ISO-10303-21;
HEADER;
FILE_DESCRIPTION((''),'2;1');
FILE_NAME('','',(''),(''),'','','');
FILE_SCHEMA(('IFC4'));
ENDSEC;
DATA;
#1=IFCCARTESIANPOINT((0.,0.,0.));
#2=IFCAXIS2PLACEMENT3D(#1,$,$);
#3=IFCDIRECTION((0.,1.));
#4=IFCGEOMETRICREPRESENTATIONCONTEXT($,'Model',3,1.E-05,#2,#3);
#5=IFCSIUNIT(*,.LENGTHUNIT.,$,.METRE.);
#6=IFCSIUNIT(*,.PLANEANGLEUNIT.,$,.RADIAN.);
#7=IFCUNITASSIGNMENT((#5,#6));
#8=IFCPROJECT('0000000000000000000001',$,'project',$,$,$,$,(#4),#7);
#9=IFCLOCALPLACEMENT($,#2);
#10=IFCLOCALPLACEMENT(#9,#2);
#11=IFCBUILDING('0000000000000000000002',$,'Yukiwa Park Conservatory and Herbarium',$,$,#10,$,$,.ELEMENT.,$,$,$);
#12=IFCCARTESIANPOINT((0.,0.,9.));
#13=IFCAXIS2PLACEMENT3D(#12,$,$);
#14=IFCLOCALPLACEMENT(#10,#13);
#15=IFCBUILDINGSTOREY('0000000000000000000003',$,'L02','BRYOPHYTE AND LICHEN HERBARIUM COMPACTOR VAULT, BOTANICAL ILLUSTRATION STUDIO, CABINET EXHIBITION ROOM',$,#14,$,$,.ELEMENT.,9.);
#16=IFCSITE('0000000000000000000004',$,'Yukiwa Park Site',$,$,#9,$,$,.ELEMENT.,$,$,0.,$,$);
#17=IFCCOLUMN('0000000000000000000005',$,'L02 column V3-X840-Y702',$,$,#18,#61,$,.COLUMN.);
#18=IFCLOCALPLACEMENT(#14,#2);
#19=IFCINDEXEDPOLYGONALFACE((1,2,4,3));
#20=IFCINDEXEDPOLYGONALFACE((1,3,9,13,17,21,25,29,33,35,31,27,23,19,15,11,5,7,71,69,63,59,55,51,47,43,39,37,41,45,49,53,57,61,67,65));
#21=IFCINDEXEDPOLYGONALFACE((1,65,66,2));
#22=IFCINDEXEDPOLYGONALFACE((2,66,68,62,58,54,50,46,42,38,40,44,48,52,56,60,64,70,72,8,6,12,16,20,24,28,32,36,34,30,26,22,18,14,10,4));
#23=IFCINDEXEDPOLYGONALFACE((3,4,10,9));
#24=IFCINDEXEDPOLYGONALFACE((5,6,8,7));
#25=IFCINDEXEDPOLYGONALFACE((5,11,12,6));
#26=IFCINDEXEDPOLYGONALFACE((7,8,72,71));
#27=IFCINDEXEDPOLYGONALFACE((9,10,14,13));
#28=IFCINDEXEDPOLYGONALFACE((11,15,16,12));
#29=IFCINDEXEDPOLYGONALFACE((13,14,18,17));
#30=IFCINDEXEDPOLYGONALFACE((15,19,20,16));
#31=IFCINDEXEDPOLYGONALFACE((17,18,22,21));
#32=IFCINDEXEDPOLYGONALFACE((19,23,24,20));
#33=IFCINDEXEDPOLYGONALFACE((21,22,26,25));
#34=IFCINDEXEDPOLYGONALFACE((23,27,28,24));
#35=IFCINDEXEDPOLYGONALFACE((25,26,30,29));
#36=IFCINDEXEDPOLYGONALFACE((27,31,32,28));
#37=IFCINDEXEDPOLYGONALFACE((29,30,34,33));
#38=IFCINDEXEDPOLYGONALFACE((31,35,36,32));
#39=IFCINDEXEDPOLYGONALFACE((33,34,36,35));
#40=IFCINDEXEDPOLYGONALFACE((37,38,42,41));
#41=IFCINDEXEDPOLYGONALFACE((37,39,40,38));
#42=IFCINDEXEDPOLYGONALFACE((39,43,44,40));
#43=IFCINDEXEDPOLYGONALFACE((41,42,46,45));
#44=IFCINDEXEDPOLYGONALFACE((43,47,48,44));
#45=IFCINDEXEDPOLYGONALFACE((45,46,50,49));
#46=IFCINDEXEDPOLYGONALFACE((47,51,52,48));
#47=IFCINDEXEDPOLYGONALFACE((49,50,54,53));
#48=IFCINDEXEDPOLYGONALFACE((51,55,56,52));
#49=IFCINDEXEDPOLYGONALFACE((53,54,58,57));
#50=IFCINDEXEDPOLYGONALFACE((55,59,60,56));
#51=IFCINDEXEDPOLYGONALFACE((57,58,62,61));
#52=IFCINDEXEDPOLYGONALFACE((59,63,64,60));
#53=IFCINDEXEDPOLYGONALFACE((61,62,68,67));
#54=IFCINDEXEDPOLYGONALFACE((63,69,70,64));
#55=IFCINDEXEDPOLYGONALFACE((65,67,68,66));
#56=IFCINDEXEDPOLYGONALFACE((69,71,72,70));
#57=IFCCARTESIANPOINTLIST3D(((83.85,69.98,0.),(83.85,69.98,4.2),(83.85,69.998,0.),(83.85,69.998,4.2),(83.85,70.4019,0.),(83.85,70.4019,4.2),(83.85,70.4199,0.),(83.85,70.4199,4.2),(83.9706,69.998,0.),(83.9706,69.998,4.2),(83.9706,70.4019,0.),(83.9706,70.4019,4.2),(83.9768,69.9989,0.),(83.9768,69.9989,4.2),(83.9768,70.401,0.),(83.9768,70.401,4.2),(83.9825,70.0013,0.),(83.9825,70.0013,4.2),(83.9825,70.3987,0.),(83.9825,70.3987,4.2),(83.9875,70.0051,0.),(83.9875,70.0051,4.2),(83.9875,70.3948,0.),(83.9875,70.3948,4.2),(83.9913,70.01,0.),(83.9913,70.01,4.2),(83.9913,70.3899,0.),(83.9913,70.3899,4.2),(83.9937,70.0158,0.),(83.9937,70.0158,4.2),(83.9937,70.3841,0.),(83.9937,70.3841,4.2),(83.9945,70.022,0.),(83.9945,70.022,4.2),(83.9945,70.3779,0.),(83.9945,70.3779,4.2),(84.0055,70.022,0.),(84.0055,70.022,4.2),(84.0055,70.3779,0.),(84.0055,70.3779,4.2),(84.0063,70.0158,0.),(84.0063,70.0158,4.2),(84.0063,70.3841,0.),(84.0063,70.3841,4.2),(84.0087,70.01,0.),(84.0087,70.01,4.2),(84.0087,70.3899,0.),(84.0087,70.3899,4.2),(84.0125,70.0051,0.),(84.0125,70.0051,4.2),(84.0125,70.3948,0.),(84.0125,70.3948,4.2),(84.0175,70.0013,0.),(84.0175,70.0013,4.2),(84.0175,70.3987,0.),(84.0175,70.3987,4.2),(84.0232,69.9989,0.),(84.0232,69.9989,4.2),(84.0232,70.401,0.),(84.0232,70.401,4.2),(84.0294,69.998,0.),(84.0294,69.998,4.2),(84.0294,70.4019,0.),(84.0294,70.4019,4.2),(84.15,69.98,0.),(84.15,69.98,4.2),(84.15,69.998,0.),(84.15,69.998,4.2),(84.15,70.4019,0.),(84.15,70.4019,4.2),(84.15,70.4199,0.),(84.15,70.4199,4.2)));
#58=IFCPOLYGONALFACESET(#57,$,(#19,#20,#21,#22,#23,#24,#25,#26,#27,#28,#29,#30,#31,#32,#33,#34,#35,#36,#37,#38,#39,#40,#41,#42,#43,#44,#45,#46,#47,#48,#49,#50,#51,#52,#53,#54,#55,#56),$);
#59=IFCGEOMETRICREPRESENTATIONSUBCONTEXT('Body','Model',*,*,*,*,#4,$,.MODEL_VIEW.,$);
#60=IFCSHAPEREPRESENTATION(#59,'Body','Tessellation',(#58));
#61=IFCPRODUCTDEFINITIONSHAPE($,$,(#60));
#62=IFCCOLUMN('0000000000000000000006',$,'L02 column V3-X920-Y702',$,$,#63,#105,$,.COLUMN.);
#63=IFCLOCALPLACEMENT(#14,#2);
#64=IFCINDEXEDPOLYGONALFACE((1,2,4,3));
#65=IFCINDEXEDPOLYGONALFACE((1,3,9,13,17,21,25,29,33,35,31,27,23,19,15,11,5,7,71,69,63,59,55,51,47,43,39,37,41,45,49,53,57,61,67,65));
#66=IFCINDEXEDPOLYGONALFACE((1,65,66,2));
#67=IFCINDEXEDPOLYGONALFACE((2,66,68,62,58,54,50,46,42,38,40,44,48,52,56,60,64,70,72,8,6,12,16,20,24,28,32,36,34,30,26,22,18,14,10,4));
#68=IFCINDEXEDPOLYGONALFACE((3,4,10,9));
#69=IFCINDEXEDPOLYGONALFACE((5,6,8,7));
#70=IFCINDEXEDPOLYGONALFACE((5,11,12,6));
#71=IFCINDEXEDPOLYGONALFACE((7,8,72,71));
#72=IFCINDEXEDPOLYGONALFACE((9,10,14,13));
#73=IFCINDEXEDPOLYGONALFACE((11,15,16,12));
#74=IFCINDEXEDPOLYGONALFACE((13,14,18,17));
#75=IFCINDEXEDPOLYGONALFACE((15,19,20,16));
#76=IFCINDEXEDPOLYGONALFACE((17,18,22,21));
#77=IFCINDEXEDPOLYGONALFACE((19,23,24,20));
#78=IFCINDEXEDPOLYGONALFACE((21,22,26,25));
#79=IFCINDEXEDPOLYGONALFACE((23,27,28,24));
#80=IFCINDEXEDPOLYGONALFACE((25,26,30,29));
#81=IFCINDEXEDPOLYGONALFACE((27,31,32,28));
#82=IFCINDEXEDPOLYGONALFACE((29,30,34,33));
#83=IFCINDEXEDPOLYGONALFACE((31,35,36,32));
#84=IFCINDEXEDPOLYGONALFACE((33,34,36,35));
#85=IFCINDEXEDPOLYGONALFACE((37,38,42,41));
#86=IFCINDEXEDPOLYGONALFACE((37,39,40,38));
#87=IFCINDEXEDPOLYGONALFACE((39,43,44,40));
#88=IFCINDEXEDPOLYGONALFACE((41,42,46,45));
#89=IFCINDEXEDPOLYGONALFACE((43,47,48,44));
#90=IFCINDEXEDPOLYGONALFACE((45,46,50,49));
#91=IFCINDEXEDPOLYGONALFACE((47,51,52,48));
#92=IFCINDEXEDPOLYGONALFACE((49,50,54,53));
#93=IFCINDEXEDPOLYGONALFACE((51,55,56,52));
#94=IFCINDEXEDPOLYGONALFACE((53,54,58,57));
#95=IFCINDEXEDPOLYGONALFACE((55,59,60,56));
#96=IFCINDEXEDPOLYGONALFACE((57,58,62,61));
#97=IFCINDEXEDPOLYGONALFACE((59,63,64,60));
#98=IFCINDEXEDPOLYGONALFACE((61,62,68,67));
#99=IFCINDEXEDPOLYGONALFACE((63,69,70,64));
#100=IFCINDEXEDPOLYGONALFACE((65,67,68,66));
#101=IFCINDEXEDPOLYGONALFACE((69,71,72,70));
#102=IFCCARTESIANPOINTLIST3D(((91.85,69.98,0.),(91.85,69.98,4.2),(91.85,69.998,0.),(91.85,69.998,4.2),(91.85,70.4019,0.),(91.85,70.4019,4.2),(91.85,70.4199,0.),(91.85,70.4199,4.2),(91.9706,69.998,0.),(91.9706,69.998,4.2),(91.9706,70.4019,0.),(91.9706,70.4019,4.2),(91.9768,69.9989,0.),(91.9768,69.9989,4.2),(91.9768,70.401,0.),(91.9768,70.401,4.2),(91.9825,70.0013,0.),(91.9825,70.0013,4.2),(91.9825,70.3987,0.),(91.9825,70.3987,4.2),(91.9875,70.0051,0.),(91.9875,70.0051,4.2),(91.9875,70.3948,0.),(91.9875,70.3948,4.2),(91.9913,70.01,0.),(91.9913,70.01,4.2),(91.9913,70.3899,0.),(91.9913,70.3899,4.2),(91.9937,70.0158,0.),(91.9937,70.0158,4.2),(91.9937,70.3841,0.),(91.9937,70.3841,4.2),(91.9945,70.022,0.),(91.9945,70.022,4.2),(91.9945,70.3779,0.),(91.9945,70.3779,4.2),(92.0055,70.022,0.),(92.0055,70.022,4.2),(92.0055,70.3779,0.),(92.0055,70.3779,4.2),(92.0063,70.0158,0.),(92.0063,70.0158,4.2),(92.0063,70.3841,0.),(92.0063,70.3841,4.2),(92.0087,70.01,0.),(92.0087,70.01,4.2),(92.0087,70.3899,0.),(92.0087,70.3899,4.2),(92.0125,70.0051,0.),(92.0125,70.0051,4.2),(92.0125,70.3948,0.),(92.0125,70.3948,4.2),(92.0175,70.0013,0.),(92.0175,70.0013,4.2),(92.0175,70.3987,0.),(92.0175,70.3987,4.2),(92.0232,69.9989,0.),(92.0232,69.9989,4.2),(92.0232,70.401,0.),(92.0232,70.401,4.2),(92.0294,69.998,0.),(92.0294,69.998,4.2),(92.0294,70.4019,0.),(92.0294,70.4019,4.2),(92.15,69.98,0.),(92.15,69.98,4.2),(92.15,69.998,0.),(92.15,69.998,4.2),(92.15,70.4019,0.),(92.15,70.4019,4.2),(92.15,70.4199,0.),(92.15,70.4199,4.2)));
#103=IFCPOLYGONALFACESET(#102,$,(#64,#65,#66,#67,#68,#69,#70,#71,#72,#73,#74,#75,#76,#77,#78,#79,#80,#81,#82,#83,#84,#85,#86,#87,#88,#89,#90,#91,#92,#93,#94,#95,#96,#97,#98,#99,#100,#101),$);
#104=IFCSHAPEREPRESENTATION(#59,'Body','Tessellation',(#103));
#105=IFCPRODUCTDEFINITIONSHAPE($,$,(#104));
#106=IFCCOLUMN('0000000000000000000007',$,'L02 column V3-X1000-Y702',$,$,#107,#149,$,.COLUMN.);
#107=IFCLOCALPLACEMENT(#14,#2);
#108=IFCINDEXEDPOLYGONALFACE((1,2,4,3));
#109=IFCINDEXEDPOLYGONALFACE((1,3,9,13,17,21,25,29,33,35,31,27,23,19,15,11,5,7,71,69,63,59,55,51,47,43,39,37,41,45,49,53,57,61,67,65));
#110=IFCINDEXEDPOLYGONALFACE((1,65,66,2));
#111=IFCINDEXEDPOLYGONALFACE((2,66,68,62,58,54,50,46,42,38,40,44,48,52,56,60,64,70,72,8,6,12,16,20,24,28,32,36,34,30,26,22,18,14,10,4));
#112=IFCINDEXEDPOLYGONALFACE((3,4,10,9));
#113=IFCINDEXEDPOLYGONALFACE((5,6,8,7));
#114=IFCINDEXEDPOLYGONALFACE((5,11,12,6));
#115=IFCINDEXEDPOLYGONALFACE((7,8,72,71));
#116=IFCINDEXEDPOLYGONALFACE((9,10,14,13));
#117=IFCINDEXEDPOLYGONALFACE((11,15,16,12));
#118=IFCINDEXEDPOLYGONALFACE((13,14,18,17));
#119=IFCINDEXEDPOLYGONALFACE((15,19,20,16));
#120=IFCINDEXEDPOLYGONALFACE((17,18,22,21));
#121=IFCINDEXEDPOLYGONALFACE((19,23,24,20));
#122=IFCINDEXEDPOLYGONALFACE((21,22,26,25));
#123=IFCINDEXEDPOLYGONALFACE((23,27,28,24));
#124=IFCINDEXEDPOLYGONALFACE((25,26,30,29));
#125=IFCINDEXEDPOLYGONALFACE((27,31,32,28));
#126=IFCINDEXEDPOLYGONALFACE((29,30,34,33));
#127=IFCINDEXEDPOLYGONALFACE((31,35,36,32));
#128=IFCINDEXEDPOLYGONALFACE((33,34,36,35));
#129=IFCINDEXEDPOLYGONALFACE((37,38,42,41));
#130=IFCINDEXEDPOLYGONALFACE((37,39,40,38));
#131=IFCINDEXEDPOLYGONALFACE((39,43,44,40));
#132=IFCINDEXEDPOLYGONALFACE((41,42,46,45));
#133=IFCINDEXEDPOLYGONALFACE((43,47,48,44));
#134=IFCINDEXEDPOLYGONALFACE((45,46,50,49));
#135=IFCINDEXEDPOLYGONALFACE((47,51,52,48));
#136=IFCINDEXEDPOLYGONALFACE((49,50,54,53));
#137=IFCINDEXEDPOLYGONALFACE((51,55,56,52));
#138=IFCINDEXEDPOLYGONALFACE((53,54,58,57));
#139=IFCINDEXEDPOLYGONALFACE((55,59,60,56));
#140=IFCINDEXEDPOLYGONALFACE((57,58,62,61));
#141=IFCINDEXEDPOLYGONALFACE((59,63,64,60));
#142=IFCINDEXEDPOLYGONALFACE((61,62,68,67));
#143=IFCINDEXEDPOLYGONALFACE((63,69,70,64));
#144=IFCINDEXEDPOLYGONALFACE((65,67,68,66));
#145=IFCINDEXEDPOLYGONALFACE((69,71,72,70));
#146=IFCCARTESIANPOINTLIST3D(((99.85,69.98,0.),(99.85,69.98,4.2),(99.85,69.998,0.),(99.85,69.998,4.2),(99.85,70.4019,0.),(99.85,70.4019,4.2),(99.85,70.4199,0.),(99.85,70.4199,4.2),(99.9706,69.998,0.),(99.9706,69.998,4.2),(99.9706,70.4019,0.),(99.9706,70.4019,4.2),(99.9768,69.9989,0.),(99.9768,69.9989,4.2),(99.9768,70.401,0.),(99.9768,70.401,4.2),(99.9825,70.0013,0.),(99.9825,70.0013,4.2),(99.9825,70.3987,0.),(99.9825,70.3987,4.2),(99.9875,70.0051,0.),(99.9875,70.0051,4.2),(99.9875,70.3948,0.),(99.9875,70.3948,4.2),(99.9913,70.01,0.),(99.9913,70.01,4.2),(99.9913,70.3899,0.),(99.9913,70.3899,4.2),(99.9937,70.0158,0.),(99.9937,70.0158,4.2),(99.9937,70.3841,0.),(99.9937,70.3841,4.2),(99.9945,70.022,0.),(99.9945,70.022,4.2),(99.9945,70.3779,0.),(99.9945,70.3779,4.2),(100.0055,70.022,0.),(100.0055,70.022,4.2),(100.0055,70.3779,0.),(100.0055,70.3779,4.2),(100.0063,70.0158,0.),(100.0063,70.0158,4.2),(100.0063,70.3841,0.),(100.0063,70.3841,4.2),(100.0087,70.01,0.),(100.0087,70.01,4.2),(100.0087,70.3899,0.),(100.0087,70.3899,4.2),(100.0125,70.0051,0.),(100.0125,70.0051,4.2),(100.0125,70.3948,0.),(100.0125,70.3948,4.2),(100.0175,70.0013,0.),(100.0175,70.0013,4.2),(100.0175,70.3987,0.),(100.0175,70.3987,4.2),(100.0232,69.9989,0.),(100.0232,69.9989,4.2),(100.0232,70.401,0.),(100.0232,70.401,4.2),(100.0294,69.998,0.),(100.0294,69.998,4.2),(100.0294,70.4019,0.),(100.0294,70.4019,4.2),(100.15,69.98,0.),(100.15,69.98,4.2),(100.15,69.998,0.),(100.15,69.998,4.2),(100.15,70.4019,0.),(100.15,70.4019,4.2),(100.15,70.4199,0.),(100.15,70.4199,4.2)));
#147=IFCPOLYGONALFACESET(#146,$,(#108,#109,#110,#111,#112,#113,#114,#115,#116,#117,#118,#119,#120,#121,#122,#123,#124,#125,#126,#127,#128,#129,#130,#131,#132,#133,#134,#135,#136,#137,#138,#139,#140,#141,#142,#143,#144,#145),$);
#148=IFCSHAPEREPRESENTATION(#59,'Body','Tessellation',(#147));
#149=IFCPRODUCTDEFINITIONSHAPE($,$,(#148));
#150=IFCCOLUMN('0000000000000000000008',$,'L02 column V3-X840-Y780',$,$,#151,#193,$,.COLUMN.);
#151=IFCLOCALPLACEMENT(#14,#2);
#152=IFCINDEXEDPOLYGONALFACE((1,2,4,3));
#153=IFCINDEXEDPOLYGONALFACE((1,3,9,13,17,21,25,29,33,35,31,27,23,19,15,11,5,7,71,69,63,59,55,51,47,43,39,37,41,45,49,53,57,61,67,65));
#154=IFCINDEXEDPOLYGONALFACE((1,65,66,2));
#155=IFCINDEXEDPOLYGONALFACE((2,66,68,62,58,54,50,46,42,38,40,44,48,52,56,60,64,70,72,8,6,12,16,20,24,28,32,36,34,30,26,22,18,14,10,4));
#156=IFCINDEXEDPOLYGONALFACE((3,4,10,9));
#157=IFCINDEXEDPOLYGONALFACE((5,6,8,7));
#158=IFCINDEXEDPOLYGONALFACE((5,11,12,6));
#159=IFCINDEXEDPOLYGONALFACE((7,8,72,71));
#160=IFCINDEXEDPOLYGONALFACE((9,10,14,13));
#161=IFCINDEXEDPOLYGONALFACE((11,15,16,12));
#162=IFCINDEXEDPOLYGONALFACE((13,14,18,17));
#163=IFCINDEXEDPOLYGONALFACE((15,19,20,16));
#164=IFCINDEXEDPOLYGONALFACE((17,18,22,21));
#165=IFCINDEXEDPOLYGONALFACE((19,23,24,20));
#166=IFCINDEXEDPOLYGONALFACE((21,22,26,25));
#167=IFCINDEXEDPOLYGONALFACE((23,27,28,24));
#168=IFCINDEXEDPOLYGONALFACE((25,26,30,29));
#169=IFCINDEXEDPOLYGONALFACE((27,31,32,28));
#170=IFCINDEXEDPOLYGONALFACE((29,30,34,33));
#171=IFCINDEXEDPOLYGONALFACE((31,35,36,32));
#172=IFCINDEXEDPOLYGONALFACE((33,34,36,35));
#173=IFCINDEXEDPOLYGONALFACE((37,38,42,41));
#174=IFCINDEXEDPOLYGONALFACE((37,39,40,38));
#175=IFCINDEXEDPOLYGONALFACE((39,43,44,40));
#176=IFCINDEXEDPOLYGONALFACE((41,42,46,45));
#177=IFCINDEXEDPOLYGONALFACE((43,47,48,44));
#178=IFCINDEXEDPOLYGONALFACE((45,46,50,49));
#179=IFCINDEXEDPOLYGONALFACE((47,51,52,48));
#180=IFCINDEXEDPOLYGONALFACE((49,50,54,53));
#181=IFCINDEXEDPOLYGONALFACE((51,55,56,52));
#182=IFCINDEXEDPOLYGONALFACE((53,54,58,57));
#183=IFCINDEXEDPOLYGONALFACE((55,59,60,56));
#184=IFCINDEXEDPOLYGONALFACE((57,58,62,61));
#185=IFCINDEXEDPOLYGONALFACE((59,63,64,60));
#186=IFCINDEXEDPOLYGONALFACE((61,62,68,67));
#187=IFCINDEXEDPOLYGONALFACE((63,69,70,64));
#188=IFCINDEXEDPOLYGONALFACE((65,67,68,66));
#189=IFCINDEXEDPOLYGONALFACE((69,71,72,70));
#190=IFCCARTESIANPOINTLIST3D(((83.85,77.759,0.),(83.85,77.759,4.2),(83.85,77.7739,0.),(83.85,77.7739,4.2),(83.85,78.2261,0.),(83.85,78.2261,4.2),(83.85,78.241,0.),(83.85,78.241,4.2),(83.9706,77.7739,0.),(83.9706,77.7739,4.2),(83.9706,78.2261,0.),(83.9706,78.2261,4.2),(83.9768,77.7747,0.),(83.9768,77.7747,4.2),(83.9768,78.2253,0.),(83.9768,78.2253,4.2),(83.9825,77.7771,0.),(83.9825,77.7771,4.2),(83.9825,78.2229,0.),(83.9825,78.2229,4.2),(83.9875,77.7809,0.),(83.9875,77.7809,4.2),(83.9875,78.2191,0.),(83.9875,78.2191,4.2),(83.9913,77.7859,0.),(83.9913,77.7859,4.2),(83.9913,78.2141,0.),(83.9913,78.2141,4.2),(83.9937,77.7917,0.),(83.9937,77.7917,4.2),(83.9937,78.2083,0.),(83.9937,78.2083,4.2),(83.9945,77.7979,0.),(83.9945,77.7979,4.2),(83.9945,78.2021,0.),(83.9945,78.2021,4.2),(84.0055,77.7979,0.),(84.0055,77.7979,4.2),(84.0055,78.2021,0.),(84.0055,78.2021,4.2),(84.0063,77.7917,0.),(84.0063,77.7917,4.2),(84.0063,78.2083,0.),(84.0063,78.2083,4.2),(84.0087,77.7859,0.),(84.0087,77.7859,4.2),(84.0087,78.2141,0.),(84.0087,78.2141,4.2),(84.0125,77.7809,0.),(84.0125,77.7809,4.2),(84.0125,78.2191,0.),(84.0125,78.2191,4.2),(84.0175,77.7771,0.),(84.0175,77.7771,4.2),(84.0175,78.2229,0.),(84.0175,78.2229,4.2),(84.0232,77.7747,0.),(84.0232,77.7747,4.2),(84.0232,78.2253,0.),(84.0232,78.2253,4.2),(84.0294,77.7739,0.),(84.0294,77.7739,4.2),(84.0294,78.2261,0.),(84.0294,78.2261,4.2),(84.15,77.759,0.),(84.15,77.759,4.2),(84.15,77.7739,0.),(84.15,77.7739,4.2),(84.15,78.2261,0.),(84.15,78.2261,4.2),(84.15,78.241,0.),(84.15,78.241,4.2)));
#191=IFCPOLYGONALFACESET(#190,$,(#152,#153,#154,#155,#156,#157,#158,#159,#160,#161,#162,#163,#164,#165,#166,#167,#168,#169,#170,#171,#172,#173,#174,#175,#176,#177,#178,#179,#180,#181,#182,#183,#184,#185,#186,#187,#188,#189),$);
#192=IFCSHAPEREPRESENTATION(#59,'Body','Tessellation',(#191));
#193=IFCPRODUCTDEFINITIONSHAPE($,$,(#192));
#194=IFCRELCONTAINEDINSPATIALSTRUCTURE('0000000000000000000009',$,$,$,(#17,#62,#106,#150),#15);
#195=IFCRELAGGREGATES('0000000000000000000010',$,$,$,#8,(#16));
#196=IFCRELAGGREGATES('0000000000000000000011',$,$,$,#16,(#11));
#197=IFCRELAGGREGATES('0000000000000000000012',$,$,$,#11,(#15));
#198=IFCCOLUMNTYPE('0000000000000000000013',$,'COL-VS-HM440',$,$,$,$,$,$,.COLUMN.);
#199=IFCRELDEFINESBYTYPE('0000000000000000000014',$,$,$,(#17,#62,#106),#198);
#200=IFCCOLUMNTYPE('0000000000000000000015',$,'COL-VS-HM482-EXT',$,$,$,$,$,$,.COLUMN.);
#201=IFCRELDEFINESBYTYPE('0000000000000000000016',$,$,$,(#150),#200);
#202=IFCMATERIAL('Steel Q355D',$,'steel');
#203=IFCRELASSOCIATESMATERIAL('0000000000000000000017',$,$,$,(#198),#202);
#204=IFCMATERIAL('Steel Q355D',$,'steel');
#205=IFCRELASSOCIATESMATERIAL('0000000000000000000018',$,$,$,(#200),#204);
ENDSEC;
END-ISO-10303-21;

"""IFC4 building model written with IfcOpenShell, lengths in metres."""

from ifc_helpers import new_model, si_unit, direction, frame, origin, origin_2d, place, context, subcontext, project, spatial, i_section, extrude, material, material_profile, profile_set, type_object, element, save


model = new_model("IFC4")

# Units and contexts
model_context = context("Model", 3, precision=1e-05, world=origin(), true_north=direction((0.0, 1.0)))
body_context = subcontext(model_context, "Body", "Model", "MODEL_VIEW")
ifc_project = project(units=[si_unit("LENGTHUNIT", "METRE"), si_unit("PLANEANGLEUNIT", "RADIAN")], contexts=[model_context])

# Site, building, storey
site_placement = place(None, origin())
site = spatial("IfcSite", under=ifc_project, at=site_placement, Name="Yukiwa Park Site", CompositionType="ELEMENT", RefElevation=0.0)
building_placement = place(site_placement, origin())
building = spatial("IfcBuilding", under=site, at=building_placement, Name="Yukiwa Park Conservatory and Herbarium", CompositionType="ELEMENT")
storey_placement = place(building_placement, frame((0.0, 0.0, 9.0)))
storey = spatial("IfcBuildingStorey", under=building, at=storey_placement, Name="L02", Description="BRYOPHYTE AND LICHEN HERBARIUM COMPACTOR VAULT, BOTANICAL ILLUSTRATION STUDIO, CABINET EXHIBITION ROOM", CompositionType="ELEMENT", Elevation=9.0)

# Columns
ifc_material_1 = material(Name="Steel Q355D", Category="steel")
ifc_material_profile_1 = material_profile(ifc_material_1, i_section(OverallWidth=0.3, OverallDepth=0.4399, WebThickness=0.011, FlangeThickness=0.0181, FilletRadius=0.0239, at=origin_2d()), Name="HM 440x300x11x18")
ifc_profile_set_1 = profile_set([ifc_material_profile_1], Name="Steel Q355D")
column_type_1 = type_object("IfcColumnType", Name="COL-VS-HM440", PredefinedType="COLUMN", material=ifc_profile_set_1)
for number, where, z_axis, x_axis, name in (
    (1, (84.0, 70.2, 0.0), (0.0, 0.0, 1.0), (1.0, 0.0, 0.0), "L02 column V3-X840-Y702"),
    (2, (92.0, 70.2, 0.0), (0.0, 0.0, 1.0), (1.0, 0.0, 0.0), "L02 column V3-X920-Y702"),
    (3, (100.0, 70.2, 0.0), (0.0, 0.0, 1.0), (1.0, 0.0, 0.0), "L02 column V3-X1000-Y702"),
):
    element("IfcColumn", number, at=place(storey_placement, frame(where, z_axis=z_axis, x_axis=x_axis)), inside=storey, type_object=column_type_1, Name=name, PredefinedType="COLUMN", context=body_context, shape_type="SweptSolid", body=[
        extrude(i_section(OverallWidth=0.3, OverallDepth=0.4399, WebThickness=0.011, FlangeThickness=0.0181, FilletRadius=0.0239, at=origin_2d()), origin(), (0.0, 0.0, 1.0), 4.2),
    ])
ifc_material_2 = material(Name="Steel Q355D", Category="steel")
ifc_material_profile_2 = material_profile(ifc_material_2, i_section(OverallWidth=0.3, OverallDepth=0.4819, WebThickness=0.011, FlangeThickness=0.0149, FilletRadius=0.0239, at=origin_2d()), Name="HM 482x300x11x15")
ifc_profile_set_2 = profile_set([ifc_material_profile_2], Name="Steel Q355D")
column_type_2 = type_object("IfcColumnType", Name="COL-VS-HM482-EXT", PredefinedType="COLUMN", material=ifc_profile_set_2)
for number, where, z_axis, x_axis, name in (
    (4, (84.0, 78.0, 0.0), (0.0, 0.0, 1.0), (1.0, 0.0, 0.0), "L02 column V3-X840-Y780"),
):
    element("IfcColumn", number, at=place(storey_placement, frame(where, z_axis=z_axis, x_axis=x_axis)), inside=storey, type_object=column_type_2, Name=name, PredefinedType="COLUMN", context=body_context, shape_type="SweptSolid", body=[
        extrude(i_section(OverallWidth=0.3, OverallDepth=0.4819, WebThickness=0.011, FlangeThickness=0.0149, FilletRadius=0.0239, at=origin_2d()), origin(), (0.0, 0.0, 1.0), 4.2),
    ])

save(model, "model.ifc")
